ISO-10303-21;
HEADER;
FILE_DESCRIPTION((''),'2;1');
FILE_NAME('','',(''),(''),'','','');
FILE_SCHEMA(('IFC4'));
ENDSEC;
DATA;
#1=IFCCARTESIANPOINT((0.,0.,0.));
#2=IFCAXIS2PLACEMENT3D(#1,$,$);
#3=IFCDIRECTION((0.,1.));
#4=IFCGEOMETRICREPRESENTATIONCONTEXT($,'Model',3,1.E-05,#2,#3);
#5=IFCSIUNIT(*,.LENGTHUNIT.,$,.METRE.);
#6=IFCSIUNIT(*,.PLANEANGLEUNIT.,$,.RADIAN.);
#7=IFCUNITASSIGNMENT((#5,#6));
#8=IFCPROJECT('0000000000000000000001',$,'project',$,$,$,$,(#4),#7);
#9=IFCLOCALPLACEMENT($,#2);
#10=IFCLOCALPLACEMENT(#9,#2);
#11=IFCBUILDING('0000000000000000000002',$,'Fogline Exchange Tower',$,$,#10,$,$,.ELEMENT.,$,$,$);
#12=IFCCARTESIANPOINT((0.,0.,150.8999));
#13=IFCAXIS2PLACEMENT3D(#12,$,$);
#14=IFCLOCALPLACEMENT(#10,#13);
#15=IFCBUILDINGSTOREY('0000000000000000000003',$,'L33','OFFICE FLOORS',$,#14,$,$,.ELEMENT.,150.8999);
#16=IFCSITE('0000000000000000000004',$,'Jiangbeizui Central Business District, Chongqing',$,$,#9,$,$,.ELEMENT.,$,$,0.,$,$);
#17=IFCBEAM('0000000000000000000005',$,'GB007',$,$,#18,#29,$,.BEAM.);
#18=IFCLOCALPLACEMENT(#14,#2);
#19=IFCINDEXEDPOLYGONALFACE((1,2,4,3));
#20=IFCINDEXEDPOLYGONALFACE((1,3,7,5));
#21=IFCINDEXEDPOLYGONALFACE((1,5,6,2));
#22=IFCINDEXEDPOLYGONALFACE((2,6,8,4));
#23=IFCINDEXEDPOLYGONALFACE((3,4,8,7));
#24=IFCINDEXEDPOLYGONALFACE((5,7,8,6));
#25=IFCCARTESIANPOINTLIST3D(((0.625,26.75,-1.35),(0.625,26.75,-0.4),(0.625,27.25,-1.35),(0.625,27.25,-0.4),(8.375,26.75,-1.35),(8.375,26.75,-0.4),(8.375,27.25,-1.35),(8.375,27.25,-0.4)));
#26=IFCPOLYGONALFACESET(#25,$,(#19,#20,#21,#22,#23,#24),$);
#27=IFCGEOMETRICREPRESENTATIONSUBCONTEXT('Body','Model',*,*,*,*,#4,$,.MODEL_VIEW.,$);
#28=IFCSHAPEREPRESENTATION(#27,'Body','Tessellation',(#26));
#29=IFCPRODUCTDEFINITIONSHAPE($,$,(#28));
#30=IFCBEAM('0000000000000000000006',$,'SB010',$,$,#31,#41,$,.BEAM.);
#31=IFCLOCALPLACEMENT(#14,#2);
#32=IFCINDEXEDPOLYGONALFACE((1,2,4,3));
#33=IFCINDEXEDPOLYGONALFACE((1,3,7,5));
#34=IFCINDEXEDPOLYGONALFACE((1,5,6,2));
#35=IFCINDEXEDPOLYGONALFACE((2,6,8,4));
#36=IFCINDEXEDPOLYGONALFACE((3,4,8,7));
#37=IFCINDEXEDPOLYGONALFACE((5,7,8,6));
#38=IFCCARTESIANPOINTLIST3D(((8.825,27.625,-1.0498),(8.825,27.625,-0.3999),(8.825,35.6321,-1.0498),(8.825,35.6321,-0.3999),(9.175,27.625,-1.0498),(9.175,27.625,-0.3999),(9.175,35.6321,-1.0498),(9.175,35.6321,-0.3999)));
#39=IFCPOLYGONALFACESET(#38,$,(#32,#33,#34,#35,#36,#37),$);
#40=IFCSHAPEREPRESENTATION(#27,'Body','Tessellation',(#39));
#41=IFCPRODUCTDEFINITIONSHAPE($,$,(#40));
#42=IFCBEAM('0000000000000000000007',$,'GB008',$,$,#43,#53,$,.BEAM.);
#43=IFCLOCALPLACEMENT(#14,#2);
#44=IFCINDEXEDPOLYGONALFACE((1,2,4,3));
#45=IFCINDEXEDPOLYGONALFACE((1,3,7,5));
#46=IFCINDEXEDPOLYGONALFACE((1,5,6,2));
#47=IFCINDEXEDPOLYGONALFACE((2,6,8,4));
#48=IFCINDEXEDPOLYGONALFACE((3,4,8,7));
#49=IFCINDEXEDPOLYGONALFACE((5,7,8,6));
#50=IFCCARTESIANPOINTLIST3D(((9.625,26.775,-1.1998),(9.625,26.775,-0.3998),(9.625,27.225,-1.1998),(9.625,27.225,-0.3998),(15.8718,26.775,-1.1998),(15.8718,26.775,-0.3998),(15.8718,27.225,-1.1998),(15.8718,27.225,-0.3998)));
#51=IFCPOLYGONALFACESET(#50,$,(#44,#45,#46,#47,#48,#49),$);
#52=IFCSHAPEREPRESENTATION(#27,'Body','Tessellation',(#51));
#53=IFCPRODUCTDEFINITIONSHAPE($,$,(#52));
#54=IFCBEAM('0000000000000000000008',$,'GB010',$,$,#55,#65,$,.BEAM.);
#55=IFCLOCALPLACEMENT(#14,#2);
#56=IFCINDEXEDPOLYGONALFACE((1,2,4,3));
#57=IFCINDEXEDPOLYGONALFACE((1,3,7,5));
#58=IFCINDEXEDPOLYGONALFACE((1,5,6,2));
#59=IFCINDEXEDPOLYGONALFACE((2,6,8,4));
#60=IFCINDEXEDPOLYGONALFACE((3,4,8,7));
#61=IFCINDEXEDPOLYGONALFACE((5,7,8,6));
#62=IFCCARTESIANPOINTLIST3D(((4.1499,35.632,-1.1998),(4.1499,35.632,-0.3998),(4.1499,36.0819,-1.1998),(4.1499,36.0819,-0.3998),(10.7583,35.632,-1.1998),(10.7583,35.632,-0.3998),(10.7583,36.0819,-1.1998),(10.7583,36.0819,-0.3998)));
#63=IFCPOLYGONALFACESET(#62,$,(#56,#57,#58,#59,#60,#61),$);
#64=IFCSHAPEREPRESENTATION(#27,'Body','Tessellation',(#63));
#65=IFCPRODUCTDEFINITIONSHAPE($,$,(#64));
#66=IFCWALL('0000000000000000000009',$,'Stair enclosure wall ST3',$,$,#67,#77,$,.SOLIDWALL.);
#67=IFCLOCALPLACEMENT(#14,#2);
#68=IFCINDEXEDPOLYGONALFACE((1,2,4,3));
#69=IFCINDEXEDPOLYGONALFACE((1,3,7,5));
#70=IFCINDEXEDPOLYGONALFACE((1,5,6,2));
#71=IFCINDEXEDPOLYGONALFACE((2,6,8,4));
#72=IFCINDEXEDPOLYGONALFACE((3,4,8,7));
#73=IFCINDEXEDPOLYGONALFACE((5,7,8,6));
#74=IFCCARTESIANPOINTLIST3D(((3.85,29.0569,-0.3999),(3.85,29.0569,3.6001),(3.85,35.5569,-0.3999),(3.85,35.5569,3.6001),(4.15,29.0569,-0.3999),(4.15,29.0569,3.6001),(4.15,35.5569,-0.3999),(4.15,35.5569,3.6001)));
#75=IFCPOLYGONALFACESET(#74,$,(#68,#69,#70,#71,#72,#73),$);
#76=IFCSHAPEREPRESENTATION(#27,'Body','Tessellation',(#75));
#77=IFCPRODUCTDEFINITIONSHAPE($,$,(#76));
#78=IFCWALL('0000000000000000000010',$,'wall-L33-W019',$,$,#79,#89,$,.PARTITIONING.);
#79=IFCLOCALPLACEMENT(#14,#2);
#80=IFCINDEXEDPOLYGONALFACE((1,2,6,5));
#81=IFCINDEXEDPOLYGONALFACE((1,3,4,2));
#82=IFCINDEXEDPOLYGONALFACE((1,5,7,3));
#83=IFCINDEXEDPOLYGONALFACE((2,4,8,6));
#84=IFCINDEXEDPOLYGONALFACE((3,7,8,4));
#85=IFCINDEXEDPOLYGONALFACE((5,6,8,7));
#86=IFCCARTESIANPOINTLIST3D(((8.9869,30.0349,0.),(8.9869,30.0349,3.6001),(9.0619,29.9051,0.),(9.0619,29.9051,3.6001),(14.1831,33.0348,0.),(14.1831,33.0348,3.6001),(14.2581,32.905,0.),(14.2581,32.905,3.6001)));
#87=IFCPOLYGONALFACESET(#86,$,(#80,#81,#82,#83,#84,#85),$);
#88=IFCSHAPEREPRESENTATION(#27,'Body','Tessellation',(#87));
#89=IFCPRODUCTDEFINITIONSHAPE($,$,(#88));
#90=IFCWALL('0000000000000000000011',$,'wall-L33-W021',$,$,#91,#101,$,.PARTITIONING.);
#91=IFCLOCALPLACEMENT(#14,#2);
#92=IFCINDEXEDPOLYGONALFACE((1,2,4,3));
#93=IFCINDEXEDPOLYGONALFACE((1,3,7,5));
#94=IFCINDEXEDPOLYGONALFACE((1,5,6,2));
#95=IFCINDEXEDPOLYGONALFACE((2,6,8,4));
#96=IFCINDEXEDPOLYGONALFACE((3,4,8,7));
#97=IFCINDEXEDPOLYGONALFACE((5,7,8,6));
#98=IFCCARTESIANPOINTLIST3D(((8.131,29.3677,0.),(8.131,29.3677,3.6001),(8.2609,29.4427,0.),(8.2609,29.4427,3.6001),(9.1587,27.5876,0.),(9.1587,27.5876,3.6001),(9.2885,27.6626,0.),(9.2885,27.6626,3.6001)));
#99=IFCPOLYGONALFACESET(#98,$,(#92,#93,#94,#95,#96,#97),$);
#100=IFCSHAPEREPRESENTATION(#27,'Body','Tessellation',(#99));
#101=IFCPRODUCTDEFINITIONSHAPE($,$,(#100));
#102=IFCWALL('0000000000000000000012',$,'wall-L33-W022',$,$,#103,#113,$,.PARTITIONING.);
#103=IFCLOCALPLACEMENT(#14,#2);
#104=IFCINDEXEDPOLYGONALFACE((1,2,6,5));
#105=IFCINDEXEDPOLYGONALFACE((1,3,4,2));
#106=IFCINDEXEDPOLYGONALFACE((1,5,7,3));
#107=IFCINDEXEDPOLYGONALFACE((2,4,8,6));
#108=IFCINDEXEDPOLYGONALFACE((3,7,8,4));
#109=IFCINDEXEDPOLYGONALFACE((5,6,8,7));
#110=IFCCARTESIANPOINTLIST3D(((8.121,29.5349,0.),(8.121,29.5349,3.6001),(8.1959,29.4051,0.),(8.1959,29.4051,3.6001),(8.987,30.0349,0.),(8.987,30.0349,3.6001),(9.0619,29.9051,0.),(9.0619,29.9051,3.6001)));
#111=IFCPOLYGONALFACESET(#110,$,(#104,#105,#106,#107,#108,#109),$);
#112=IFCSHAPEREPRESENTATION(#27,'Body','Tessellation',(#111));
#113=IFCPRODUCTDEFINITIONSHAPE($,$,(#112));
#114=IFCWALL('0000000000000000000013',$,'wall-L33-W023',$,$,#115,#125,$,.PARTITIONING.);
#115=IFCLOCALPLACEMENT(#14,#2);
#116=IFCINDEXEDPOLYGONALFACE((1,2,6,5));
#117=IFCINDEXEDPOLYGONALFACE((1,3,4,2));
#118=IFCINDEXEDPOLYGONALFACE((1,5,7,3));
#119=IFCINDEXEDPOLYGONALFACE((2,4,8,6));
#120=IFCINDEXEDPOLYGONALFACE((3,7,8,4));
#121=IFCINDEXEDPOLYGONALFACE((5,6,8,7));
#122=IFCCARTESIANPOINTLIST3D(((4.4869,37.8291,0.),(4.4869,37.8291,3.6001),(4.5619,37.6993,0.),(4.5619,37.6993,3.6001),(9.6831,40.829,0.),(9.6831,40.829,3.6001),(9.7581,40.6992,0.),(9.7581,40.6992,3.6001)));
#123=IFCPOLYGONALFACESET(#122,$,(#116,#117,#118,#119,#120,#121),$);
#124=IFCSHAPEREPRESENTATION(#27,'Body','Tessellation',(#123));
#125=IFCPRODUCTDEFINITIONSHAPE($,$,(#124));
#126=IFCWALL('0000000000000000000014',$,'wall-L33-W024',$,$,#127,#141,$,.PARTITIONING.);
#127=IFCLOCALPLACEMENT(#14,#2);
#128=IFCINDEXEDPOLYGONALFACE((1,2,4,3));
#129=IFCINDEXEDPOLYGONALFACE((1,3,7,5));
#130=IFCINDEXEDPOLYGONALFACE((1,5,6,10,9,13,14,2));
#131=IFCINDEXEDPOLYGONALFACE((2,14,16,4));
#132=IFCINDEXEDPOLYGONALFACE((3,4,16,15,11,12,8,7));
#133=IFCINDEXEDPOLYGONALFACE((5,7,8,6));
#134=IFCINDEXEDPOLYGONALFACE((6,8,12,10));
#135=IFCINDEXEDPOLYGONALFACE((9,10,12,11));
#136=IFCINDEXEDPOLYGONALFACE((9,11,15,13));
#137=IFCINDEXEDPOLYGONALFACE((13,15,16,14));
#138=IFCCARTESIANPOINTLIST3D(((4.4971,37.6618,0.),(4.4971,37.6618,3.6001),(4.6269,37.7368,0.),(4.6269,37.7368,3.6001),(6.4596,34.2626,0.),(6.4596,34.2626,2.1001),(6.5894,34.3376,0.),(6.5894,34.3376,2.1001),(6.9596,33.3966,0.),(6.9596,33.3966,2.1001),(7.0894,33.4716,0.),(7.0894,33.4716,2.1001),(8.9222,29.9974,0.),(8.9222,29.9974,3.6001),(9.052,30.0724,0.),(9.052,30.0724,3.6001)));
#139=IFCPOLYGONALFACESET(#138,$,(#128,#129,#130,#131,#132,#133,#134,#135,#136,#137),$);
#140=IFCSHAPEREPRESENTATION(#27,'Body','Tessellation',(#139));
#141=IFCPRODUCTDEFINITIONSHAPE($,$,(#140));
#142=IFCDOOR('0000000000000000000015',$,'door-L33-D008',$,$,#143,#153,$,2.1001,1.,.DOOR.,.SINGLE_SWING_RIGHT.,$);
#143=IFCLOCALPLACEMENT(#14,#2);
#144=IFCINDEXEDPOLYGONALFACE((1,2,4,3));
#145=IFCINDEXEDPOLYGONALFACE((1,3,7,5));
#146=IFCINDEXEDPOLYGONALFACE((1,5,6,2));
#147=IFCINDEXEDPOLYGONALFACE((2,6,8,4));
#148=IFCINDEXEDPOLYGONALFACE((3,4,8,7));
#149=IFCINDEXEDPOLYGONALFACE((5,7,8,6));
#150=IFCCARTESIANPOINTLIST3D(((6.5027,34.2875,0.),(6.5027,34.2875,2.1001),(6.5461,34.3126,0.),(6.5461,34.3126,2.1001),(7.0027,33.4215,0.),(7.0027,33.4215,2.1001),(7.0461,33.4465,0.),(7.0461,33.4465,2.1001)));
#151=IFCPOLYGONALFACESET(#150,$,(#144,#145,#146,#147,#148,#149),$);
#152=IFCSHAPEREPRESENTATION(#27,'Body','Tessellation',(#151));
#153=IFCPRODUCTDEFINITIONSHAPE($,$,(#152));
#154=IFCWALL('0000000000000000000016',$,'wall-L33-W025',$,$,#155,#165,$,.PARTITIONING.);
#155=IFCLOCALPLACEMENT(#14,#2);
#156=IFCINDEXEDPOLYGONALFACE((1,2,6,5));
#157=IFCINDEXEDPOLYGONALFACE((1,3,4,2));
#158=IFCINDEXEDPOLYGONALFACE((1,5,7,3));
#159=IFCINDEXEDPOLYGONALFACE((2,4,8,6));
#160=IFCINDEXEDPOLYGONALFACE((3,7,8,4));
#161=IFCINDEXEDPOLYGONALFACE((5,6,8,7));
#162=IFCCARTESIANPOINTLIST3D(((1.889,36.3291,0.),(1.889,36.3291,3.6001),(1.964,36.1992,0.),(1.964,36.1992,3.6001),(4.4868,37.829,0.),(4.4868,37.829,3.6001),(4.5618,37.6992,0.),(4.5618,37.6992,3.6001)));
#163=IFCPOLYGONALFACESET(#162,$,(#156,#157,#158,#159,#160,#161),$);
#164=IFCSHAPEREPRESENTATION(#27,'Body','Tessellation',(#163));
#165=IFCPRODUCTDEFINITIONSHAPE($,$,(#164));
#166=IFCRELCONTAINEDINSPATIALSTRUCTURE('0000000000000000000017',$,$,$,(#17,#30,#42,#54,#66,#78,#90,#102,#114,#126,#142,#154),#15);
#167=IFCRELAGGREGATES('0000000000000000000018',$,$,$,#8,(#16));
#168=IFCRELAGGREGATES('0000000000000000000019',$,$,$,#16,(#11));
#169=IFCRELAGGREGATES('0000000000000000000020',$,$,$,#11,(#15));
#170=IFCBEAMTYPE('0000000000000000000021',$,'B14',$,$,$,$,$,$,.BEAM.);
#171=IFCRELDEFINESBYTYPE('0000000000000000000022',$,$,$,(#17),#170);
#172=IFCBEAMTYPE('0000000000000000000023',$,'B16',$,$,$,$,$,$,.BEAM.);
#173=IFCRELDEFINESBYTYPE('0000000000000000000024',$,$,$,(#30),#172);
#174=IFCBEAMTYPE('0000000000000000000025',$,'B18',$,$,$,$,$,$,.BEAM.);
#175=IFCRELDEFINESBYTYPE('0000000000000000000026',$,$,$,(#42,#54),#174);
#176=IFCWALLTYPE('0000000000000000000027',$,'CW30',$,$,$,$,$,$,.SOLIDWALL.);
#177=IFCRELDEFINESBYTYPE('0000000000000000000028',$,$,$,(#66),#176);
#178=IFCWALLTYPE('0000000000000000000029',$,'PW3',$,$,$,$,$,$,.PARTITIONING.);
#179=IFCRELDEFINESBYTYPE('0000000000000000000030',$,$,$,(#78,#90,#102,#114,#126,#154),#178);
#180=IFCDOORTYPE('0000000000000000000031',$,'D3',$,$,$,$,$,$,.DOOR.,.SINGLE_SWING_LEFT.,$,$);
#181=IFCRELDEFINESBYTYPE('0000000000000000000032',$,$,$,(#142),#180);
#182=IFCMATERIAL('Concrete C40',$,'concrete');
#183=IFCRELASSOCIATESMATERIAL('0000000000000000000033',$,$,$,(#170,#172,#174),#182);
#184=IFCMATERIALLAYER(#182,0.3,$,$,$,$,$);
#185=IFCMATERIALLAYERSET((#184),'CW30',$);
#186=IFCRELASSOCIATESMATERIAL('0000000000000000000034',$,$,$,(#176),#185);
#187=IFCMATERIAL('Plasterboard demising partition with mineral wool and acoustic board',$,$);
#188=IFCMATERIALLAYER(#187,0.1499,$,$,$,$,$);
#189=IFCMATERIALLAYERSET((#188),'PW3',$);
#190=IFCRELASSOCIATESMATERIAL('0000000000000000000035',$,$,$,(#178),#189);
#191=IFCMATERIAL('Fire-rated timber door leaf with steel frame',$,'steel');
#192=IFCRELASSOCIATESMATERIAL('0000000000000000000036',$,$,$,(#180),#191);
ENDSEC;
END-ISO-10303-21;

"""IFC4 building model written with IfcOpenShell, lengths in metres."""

from ifc_helpers import new_model, si_unit, direction, frame, frame_2d, origin, origin_2d, place, context, subcontext, project, spatial, rectangle, extrude, material, layer, layer_set, material_profile, profile_set, type_object, element, fill, save


model = new_model("IFC4")

# Units and contexts
model_context = context("Model", 3, precision=1e-05, world=origin(), true_north=direction((0.0, 1.0)))
body_context = subcontext(model_context, "Body", "Model", "MODEL_VIEW")
ifc_project = project(units=[si_unit("LENGTHUNIT", "METRE"), si_unit("PLANEANGLEUNIT", "RADIAN")], contexts=[model_context])

# Site, building, storey
site_placement = place(None, origin())
site = spatial("IfcSite", under=ifc_project, at=site_placement, Name="Jiangbeizui Central Business District, Chongqing", CompositionType="ELEMENT", RefElevation=0.0)
building_placement = place(site_placement, origin())
building = spatial("IfcBuilding", under=site, at=building_placement, Name="Fogline Exchange Tower", CompositionType="ELEMENT")
storey_placement = place(building_placement, frame((0.0, 0.0, 150.8999)))
storey = spatial("IfcBuildingStorey", under=building, at=storey_placement, Name="L33", Description="OFFICE FLOORS", CompositionType="ELEMENT", Elevation=150.8999)

# Beams
ifc_material_1 = material(Name="Concrete C40", Category="concrete")
ifc_material_profile_1 = material_profile(ifc_material_1, rectangle(XDim=0.5, YDim=0.95, at=origin_2d()), Name="RC 500x950")
ifc_profile_set_1 = profile_set([ifc_material_profile_1], Name="Concrete C40")
beam_type_1 = type_object("IfcBeamType", Name="B14", PredefinedType="BEAM", material=ifc_profile_set_1)
beam_1_placement = place(storey_placement, frame((0.625, 27.0, -0.875), z_axis=(1.0, 0.0, 0.0), x_axis=(0.0, 1.0, 0.0)))
element("IfcBeam", 1, at=beam_1_placement, inside=storey, type_object=beam_type_1, Name="GB007", PredefinedType="BEAM", context=body_context, shape_type="SweptSolid", body=[
    extrude(rectangle(XDim=0.5, YDim=0.95, at=origin_2d()), origin(), (0.0, 0.0, 1.0), 7.75),
])
ifc_material_profile_2 = material_profile(ifc_material_1, rectangle(XDim=0.3501, YDim=0.6499, at=origin_2d()), Name="RC 350x650")
ifc_profile_set_2 = profile_set([ifc_material_profile_2], Name="Concrete C40")
beam_type_2 = type_object("IfcBeamType", Name="B16", PredefinedType="BEAM", material=ifc_profile_set_2)
beam_2_placement = place(storey_placement, frame((9.0, 27.625, -0.7249), z_axis=(0.0, 1.0, 0.0), x_axis=(-1.0, 0.0, 0.0)))
element("IfcBeam", 2, at=beam_2_placement, inside=storey, type_object=beam_type_2, Name="SB010", PredefinedType="BEAM", context=body_context, shape_type="SweptSolid", body=[
    extrude(rectangle(XDim=0.3501, YDim=0.6499, at=origin_2d()), origin(), (0.0, 0.0, 1.0), 8.0071),
])
ifc_material_profile_3 = material_profile(ifc_material_1, rectangle(XDim=0.45, YDim=0.8, at=origin_2d()), Name="RC 450x800")
ifc_profile_set_3 = profile_set([ifc_material_profile_3], Name="Concrete C40")
beam_type_3 = type_object("IfcBeamType", Name="B18", PredefinedType="BEAM", material=ifc_profile_set_3)
beam_3_placement = place(storey_placement, frame((9.625, 27.0, -0.7998), z_axis=(1.0, 0.0, 0.0), x_axis=(0.0, 1.0, 0.0)))
element("IfcBeam", 3, at=beam_3_placement, inside=storey, type_object=beam_type_3, Name="GB008", PredefinedType="BEAM", context=body_context, shape_type="SweptSolid", body=[
    extrude(rectangle(XDim=0.45, YDim=0.8, at=origin_2d()), origin(), (0.0, 0.0, 1.0), 6.2468),
])
beam_4_placement = place(storey_placement, frame((4.1499, 35.8569, -0.7998), z_axis=(1.0, 0.0, 0.0), x_axis=(0.0, 1.0, 0.0)))
element("IfcBeam", 4, at=beam_4_placement, inside=storey, type_object=beam_type_3, Name="GB010", PredefinedType="BEAM", context=body_context, shape_type="SweptSolid", body=[
    extrude(rectangle(XDim=0.45, YDim=0.8, at=origin_2d()), origin(), (0.0, 0.0, 1.0), 6.6084),
])

# Wall
ifc_layer_1 = layer(ifc_material_1, 0.3)
ifc_layer_set_1 = layer_set([ifc_layer_1], Name="CW30")
wall_type_1 = type_object("IfcWallType", Name="CW30", PredefinedType="SOLIDWALL", material=ifc_layer_set_1)
wall_1_placement = place(storey_placement, frame((4.0, 29.0569, -0.3999), z_axis=(0.0, 0.0, 1.0), x_axis=(0.0, 1.0, 0.0)))
element("IfcWall", 5, at=wall_1_placement, inside=storey, type_object=wall_type_1, Name="Stair enclosure wall ST3", PredefinedType="SOLIDWALL", context=body_context, shape_type="SweptSolid", body=[
    extrude(rectangle(XDim=6.5, YDim=0.3, at=frame_2d((3.25, 0.0))), origin(), (0.0, 0.0, 1.0), 4.0),
])

# Walls
ifc_material_2 = material(Name="Plasterboard demising partition with mineral wool and acoustic board")
ifc_layer_2 = layer(ifc_material_2, 0.1499)
ifc_layer_set_2 = layer_set([ifc_layer_2], Name="PW3")
wall_type_2 = type_object("IfcWallType", Name="PW3", PredefinedType="PARTITIONING", material=ifc_layer_set_2)
wall_2_placement = place(storey_placement, frame((9.0244, 29.97, 0.0), z_axis=(0.0, 0.0, 1.0), x_axis=(0.866031, 0.49999, 0.0)))
element("IfcWall", 6, at=wall_2_placement, inside=storey, type_object=wall_type_2, Name="wall-L33-W019", PredefinedType="PARTITIONING", context=body_context, shape_type="SweptSolid", body=[
    extrude(rectangle(XDim=6.0, YDim=0.1499, at=frame_2d((3.0, 0.0))), origin(), (0.0, 0.0, 1.0), 3.6001),
])
wall_3_placement = place(storey_placement, frame((9.2236, 27.625, 0.0), z_axis=(0.0, 0.0, 1.0), x_axis=(-0.499959, 0.866049, 0.0)))
element("IfcWall", 7, at=wall_3_placement, inside=storey, type_object=wall_type_2, Name="wall-L33-W021", PredefinedType="PARTITIONING", context=body_context, shape_type="SweptSolid", body=[
    extrude(rectangle(XDim=2.0554, YDim=0.1499, at=frame_2d((1.0278, 0.0))), origin(), (0.0, 0.0, 1.0), 3.6001),
])
wall_4_placement = place(storey_placement, frame((8.1584, 29.47, 0.0), z_axis=(0.0, 0.0, 1.0), x_axis=(0.866011, 0.500025, 0.0)))
element("IfcWall", 8, at=wall_4_placement, inside=storey, type_object=wall_type_2, Name="wall-L33-W022", PredefinedType="PARTITIONING", context=body_context, shape_type="SweptSolid", body=[
    extrude(rectangle(XDim=1.0, YDim=0.1499, at=frame_2d((0.5, 0.0))), origin(), (0.0, 0.0, 1.0), 3.6001),
])
wall_5_placement = place(storey_placement, frame((4.5244, 37.7642, 0.0), z_axis=(0.0, 0.0, 1.0), x_axis=(0.866031, 0.49999, 0.0)))
element("IfcWall", 9, at=wall_5_placement, inside=storey, type_object=wall_type_2, Name="wall-L33-W023", PredefinedType="PARTITIONING", context=body_context, shape_type="SweptSolid", body=[
    extrude(rectangle(XDim=6.0, YDim=0.1499, at=frame_2d((3.0, 0.0))), origin(), (0.0, 0.0, 1.0), 3.6001),
])

# Wall, opening, door
wall_6_placement = place(storey_placement, frame((8.9871, 30.0349, 0.0), z_axis=(0.0, 0.0, 1.0), x_axis=(-0.500005, 0.866023, 0.0)))
wall_6 = element("IfcWall", 10, at=wall_6_placement, inside=storey, type_object=wall_type_2, Name="wall-L33-W024", PredefinedType="PARTITIONING", context=body_context, shape_type="SweptSolid", body=[
    extrude(rectangle(XDim=8.8501, YDim=0.1499, at=frame_2d((4.425, 0.0))), origin(), (0.0, 0.0, 1.0), 3.6001),
])
opening_1_placement = place(wall_6_placement, frame((3.925, 0.0, 0.0)))
opening_1 = element("IfcOpeningElement", 11, at=opening_1_placement, cuts=wall_6, PredefinedType="OPENING", context=body_context, shape_type="SweptSolid", body=[
    extrude(rectangle(XDim=1.0, YDim=2.1001, at=frame_2d((0.5, 1.05))), frame((0.0, 0.085, 0.0), z_axis=(0.0, -1.0, 0.0), x_axis=(1.0, 0.0, 0.0)), (0.0, 0.0, 1.0), 0.1699),
])
ifc_material_3 = material(Name="Fire-rated timber door leaf with steel frame", Category="steel")
door_type_1 = type_object("IfcDoorType", Name="D3", OperationType="SINGLE_SWING_LEFT", PredefinedType="DOOR", material=ifc_material_3)
door_1_placement = place(opening_1_placement, frame((1.0, 0.0, 0.0), z_axis=(0.0, 0.0, 1.0), x_axis=(-1.0, 0.0, 0.0)))
door_1 = element("IfcDoor", 12, at=door_1_placement, inside=storey, type_object=door_type_1, Name="door-L33-D008", OperationType="SINGLE_SWING_RIGHT", OverallHeight=2.1001, OverallWidth=1.0, PredefinedType="DOOR", context=body_context, shape_type="SweptSolid", body=[
    extrude(rectangle(XDim=1.0, YDim=2.1001, at=frame_2d((0.5, 1.05))), frame((0.0, 0.0249, 0.0), z_axis=(0.0, -1.0, 0.0), x_axis=(1.0, 0.0, 0.0)), (0.0, 0.0, 1.0), 0.05),
])
fill(opening_1, door_1)

# Wall
wall_7_placement = place(storey_placement, frame((4.5244, 37.7642, 0.0), z_axis=(0.0, 0.0, 1.0), x_axis=(-0.866011, -0.500025, 0.0)))
element("IfcWall", 13, at=wall_7_placement, inside=storey, type_object=wall_type_2, Name="wall-L33-W025", PredefinedType="PARTITIONING", context=body_context, shape_type="SweptSolid", body=[
    extrude(rectangle(XDim=2.9998, YDim=0.1499, at=frame_2d((1.5, 0.0))), origin(), (0.0, 0.0, 1.0), 3.6001),
])

save(model, "model.ifc")
